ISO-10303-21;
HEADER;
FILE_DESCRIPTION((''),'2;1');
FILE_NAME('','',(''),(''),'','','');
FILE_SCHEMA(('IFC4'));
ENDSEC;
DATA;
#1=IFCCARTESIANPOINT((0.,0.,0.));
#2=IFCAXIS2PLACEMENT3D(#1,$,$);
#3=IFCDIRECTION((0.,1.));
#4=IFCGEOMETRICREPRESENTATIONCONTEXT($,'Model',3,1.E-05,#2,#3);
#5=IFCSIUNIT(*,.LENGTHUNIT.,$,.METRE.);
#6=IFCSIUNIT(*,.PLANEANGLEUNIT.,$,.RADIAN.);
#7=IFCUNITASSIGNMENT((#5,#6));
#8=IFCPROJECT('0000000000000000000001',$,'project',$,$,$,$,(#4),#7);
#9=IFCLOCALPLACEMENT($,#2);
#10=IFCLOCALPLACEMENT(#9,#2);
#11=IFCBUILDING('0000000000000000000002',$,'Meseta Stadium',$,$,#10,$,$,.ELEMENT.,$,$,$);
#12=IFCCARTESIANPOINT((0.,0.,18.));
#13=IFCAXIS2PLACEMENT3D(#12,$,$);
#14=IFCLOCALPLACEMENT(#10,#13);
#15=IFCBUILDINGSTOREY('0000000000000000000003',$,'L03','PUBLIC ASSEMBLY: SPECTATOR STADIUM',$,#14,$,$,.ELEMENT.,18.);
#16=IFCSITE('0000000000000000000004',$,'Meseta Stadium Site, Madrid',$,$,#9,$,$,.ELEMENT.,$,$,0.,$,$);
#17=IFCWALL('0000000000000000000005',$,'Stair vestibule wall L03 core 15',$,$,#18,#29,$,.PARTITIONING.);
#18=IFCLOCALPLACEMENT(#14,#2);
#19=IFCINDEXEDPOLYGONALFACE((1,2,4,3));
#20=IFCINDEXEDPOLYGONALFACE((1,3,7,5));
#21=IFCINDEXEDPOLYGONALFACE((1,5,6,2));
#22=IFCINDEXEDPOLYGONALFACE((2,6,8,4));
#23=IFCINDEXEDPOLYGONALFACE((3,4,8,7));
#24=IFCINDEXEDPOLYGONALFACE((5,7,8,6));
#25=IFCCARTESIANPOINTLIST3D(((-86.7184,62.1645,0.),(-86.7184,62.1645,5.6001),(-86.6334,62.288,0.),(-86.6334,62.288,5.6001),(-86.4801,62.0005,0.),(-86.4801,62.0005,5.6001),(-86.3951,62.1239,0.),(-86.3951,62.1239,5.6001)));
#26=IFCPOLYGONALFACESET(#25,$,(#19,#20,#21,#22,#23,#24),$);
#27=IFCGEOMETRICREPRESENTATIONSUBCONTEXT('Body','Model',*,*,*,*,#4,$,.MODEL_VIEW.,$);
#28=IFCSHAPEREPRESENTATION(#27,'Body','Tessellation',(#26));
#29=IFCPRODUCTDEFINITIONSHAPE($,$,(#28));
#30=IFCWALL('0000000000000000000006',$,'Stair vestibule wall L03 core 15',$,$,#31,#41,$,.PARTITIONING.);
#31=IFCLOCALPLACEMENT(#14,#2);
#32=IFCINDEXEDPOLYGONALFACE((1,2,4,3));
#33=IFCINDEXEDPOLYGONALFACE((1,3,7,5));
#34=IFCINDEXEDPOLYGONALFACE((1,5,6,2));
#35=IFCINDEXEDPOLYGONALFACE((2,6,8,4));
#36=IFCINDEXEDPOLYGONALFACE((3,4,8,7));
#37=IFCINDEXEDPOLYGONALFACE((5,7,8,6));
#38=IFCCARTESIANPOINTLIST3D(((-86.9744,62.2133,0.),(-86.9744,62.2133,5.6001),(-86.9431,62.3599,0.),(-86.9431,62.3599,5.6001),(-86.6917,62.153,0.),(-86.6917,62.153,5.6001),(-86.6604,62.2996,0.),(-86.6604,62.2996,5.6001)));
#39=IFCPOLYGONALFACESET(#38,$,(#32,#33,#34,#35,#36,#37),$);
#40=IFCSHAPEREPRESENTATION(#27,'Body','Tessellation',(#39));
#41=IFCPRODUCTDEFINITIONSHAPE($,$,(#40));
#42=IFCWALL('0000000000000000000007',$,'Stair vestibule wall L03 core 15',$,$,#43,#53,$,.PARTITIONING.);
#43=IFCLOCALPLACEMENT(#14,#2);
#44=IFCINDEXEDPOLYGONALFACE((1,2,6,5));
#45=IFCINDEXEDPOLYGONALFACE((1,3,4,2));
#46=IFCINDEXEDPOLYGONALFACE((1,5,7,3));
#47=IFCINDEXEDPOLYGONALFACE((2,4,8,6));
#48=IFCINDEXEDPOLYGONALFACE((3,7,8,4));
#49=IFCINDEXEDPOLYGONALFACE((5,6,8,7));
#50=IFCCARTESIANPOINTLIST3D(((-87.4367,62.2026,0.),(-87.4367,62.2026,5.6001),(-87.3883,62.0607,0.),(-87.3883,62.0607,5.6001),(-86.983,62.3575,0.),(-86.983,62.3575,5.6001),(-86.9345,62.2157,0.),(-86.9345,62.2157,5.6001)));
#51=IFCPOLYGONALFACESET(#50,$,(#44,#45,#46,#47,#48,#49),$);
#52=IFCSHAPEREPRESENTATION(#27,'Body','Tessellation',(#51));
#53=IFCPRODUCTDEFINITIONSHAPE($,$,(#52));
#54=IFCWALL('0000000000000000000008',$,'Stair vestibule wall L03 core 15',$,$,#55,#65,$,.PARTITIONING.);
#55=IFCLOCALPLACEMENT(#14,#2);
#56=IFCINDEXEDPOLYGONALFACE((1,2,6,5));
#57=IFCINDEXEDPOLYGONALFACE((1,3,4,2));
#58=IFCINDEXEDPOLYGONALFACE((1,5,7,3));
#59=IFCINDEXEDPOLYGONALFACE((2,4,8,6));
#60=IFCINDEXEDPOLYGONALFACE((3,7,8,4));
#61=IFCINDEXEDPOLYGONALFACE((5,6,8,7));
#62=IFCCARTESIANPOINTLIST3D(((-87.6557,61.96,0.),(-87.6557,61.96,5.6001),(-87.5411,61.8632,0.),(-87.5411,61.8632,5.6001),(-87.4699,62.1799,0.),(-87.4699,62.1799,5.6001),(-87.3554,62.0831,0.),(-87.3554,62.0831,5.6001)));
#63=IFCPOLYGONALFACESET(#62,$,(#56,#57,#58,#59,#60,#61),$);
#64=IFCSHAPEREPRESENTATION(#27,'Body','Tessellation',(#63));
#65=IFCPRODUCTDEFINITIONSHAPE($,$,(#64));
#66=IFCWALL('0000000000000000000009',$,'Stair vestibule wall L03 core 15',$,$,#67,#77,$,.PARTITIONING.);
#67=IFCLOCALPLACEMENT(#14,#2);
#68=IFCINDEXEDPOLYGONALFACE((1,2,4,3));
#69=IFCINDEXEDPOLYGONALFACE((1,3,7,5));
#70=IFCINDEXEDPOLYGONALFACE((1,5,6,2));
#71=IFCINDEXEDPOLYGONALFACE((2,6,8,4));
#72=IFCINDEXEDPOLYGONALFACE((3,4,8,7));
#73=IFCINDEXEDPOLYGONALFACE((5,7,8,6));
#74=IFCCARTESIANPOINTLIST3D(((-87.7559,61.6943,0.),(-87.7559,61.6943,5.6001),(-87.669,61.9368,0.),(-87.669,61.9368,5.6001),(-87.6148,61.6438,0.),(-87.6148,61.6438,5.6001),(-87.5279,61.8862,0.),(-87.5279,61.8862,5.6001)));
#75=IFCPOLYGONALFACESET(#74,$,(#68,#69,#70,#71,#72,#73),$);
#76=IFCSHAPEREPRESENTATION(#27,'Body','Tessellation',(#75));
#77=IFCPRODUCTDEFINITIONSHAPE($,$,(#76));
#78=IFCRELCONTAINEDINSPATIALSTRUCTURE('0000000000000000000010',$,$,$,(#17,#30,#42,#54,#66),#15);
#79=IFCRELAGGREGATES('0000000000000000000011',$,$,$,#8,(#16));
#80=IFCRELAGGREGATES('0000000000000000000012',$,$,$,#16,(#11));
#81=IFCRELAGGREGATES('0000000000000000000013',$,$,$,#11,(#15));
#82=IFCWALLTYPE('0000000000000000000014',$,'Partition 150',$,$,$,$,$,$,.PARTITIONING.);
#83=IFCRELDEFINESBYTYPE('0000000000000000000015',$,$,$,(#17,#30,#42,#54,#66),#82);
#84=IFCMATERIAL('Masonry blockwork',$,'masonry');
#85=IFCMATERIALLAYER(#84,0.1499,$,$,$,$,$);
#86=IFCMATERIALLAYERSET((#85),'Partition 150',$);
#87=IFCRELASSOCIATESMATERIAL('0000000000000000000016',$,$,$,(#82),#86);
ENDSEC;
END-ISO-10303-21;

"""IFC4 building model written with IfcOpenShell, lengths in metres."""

from ifc_helpers import new_model, si_unit, direction, frame, frame_2d, origin, place, context, subcontext, project, spatial, rectangle, extrude, material, layer, layer_set, type_object, element, save


model = new_model("IFC4")

# Units and contexts
model_context = context("Model", 3, precision=1e-05, world=origin(), true_north=direction((0.0, 1.0)))
body_context = subcontext(model_context, "Body", "Model", "MODEL_VIEW")
ifc_project = project(units=[si_unit("LENGTHUNIT", "METRE"), si_unit("PLANEANGLEUNIT", "RADIAN")], contexts=[model_context])

# Site, building, storey
site_placement = place(None, origin())
site = spatial("IfcSite", under=ifc_project, at=site_placement, Name="Meseta Stadium Site, Madrid", CompositionType="ELEMENT", RefElevation=0.0)
building_placement = place(site_placement, origin())
building = spatial("IfcBuilding", under=site, at=building_placement, Name="Meseta Stadium", CompositionType="ELEMENT")
storey_placement = place(building_placement, frame((0.0, 0.0, 18.0)))
storey = spatial("IfcBuildingStorey", under=building, at=storey_placement, Name="L03", Description="PUBLIC ASSEMBLY: SPECTATOR STADIUM", CompositionType="ELEMENT", Elevation=18.0)

# Shared definitions
ifc_material_1 = material(Name="Masonry blockwork", Category="masonry")
ifc_layer_1 = layer(ifc_material_1, 0.1499)
ifc_layer_set_1 = layer_set([ifc_layer_1], Name="Partition 150")
wall_type_1 = type_object("IfcWallType", Name="Partition 150", PredefinedType="PARTITIONING", material=ifc_layer_set_1)

# Walls
wall_1_placement = place(storey_placement, frame((-86.4377, 62.0623, 0.0), z_axis=(0.0, 0.0, 1.0), x_axis=(-0.823648, 0.567102, 0.0)))
element("IfcWall", 1, at=wall_1_placement, inside=storey, type_object=wall_type_1, Name="Stair vestibule wall L03 core 15", PredefinedType="PARTITIONING", context=body_context, shape_type="SweptSolid", body=[
    extrude(rectangle(XDim=0.2893, YDim=0.1499, at=frame_2d((0.1445, 0.0))), origin(), (0.0, 0.0, 1.0), 5.6001),
])
wall_2_placement = place(storey_placement, frame((-86.676, 62.2263, 0.0), z_axis=(0.0, 0.0, 1.0), x_axis=(-0.978, 0.208606, 0.0)))
element("IfcWall", 2, at=wall_2_placement, inside=storey, type_object=wall_type_1, Name="Stair vestibule wall L03 core 15", PredefinedType="PARTITIONING", context=body_context, shape_type="SweptSolid", body=[
    extrude(rectangle(XDim=0.2891, YDim=0.1499, at=frame_2d((0.1445, 0.0))), origin(), (0.0, 0.0, 1.0), 5.6001),
])
wall_3_placement = place(storey_placement, frame((-86.9587, 62.2866, 0.0), z_axis=(0.0, 0.0, 1.0), x_axis=(-0.946316, -0.323244, 0.0)))
element("IfcWall", 3, at=wall_3_placement, inside=storey, type_object=wall_type_1, Name="Stair vestibule wall L03 core 15", PredefinedType="PARTITIONING", context=body_context, shape_type="SweptSolid", body=[
    extrude(rectangle(XDim=0.4795, YDim=0.1499, at=frame_2d((0.2397, 0.0))), origin(), (0.0, 0.0, 1.0), 5.6001),
])
wall_4_placement = place(storey_placement, frame((-87.4126, 62.1316, 0.0), z_axis=(0.0, 0.0, 1.0), x_axis=(-0.645258, -0.763965, 0.0)))
element("IfcWall", 4, at=wall_4_placement, inside=storey, type_object=wall_type_1, Name="Stair vestibule wall L03 core 15", PredefinedType="PARTITIONING", context=body_context, shape_type="SweptSolid", body=[
    extrude(rectangle(XDim=0.2878, YDim=0.1499, at=frame_2d((0.144, 0.0))), origin(), (0.0, 0.0, 1.0), 5.6001),
])
wall_5_placement = place(storey_placement, frame((-87.5984, 61.9116, 0.0), z_axis=(0.0, 0.0, 1.0), x_axis=(-0.337477, -0.941334, 0.0)))
element("IfcWall", 5, at=wall_5_placement, inside=storey, type_object=wall_type_1, Name="Stair vestibule wall L03 core 15", PredefinedType="PARTITIONING", context=body_context, shape_type="SweptSolid", body=[
    extrude(rectangle(XDim=0.2576, YDim=0.1499, at=frame_2d((0.1289, 0.0))), origin(), (0.0, 0.0, 1.0), 5.6001),
])

save(model, "model.ifc")
